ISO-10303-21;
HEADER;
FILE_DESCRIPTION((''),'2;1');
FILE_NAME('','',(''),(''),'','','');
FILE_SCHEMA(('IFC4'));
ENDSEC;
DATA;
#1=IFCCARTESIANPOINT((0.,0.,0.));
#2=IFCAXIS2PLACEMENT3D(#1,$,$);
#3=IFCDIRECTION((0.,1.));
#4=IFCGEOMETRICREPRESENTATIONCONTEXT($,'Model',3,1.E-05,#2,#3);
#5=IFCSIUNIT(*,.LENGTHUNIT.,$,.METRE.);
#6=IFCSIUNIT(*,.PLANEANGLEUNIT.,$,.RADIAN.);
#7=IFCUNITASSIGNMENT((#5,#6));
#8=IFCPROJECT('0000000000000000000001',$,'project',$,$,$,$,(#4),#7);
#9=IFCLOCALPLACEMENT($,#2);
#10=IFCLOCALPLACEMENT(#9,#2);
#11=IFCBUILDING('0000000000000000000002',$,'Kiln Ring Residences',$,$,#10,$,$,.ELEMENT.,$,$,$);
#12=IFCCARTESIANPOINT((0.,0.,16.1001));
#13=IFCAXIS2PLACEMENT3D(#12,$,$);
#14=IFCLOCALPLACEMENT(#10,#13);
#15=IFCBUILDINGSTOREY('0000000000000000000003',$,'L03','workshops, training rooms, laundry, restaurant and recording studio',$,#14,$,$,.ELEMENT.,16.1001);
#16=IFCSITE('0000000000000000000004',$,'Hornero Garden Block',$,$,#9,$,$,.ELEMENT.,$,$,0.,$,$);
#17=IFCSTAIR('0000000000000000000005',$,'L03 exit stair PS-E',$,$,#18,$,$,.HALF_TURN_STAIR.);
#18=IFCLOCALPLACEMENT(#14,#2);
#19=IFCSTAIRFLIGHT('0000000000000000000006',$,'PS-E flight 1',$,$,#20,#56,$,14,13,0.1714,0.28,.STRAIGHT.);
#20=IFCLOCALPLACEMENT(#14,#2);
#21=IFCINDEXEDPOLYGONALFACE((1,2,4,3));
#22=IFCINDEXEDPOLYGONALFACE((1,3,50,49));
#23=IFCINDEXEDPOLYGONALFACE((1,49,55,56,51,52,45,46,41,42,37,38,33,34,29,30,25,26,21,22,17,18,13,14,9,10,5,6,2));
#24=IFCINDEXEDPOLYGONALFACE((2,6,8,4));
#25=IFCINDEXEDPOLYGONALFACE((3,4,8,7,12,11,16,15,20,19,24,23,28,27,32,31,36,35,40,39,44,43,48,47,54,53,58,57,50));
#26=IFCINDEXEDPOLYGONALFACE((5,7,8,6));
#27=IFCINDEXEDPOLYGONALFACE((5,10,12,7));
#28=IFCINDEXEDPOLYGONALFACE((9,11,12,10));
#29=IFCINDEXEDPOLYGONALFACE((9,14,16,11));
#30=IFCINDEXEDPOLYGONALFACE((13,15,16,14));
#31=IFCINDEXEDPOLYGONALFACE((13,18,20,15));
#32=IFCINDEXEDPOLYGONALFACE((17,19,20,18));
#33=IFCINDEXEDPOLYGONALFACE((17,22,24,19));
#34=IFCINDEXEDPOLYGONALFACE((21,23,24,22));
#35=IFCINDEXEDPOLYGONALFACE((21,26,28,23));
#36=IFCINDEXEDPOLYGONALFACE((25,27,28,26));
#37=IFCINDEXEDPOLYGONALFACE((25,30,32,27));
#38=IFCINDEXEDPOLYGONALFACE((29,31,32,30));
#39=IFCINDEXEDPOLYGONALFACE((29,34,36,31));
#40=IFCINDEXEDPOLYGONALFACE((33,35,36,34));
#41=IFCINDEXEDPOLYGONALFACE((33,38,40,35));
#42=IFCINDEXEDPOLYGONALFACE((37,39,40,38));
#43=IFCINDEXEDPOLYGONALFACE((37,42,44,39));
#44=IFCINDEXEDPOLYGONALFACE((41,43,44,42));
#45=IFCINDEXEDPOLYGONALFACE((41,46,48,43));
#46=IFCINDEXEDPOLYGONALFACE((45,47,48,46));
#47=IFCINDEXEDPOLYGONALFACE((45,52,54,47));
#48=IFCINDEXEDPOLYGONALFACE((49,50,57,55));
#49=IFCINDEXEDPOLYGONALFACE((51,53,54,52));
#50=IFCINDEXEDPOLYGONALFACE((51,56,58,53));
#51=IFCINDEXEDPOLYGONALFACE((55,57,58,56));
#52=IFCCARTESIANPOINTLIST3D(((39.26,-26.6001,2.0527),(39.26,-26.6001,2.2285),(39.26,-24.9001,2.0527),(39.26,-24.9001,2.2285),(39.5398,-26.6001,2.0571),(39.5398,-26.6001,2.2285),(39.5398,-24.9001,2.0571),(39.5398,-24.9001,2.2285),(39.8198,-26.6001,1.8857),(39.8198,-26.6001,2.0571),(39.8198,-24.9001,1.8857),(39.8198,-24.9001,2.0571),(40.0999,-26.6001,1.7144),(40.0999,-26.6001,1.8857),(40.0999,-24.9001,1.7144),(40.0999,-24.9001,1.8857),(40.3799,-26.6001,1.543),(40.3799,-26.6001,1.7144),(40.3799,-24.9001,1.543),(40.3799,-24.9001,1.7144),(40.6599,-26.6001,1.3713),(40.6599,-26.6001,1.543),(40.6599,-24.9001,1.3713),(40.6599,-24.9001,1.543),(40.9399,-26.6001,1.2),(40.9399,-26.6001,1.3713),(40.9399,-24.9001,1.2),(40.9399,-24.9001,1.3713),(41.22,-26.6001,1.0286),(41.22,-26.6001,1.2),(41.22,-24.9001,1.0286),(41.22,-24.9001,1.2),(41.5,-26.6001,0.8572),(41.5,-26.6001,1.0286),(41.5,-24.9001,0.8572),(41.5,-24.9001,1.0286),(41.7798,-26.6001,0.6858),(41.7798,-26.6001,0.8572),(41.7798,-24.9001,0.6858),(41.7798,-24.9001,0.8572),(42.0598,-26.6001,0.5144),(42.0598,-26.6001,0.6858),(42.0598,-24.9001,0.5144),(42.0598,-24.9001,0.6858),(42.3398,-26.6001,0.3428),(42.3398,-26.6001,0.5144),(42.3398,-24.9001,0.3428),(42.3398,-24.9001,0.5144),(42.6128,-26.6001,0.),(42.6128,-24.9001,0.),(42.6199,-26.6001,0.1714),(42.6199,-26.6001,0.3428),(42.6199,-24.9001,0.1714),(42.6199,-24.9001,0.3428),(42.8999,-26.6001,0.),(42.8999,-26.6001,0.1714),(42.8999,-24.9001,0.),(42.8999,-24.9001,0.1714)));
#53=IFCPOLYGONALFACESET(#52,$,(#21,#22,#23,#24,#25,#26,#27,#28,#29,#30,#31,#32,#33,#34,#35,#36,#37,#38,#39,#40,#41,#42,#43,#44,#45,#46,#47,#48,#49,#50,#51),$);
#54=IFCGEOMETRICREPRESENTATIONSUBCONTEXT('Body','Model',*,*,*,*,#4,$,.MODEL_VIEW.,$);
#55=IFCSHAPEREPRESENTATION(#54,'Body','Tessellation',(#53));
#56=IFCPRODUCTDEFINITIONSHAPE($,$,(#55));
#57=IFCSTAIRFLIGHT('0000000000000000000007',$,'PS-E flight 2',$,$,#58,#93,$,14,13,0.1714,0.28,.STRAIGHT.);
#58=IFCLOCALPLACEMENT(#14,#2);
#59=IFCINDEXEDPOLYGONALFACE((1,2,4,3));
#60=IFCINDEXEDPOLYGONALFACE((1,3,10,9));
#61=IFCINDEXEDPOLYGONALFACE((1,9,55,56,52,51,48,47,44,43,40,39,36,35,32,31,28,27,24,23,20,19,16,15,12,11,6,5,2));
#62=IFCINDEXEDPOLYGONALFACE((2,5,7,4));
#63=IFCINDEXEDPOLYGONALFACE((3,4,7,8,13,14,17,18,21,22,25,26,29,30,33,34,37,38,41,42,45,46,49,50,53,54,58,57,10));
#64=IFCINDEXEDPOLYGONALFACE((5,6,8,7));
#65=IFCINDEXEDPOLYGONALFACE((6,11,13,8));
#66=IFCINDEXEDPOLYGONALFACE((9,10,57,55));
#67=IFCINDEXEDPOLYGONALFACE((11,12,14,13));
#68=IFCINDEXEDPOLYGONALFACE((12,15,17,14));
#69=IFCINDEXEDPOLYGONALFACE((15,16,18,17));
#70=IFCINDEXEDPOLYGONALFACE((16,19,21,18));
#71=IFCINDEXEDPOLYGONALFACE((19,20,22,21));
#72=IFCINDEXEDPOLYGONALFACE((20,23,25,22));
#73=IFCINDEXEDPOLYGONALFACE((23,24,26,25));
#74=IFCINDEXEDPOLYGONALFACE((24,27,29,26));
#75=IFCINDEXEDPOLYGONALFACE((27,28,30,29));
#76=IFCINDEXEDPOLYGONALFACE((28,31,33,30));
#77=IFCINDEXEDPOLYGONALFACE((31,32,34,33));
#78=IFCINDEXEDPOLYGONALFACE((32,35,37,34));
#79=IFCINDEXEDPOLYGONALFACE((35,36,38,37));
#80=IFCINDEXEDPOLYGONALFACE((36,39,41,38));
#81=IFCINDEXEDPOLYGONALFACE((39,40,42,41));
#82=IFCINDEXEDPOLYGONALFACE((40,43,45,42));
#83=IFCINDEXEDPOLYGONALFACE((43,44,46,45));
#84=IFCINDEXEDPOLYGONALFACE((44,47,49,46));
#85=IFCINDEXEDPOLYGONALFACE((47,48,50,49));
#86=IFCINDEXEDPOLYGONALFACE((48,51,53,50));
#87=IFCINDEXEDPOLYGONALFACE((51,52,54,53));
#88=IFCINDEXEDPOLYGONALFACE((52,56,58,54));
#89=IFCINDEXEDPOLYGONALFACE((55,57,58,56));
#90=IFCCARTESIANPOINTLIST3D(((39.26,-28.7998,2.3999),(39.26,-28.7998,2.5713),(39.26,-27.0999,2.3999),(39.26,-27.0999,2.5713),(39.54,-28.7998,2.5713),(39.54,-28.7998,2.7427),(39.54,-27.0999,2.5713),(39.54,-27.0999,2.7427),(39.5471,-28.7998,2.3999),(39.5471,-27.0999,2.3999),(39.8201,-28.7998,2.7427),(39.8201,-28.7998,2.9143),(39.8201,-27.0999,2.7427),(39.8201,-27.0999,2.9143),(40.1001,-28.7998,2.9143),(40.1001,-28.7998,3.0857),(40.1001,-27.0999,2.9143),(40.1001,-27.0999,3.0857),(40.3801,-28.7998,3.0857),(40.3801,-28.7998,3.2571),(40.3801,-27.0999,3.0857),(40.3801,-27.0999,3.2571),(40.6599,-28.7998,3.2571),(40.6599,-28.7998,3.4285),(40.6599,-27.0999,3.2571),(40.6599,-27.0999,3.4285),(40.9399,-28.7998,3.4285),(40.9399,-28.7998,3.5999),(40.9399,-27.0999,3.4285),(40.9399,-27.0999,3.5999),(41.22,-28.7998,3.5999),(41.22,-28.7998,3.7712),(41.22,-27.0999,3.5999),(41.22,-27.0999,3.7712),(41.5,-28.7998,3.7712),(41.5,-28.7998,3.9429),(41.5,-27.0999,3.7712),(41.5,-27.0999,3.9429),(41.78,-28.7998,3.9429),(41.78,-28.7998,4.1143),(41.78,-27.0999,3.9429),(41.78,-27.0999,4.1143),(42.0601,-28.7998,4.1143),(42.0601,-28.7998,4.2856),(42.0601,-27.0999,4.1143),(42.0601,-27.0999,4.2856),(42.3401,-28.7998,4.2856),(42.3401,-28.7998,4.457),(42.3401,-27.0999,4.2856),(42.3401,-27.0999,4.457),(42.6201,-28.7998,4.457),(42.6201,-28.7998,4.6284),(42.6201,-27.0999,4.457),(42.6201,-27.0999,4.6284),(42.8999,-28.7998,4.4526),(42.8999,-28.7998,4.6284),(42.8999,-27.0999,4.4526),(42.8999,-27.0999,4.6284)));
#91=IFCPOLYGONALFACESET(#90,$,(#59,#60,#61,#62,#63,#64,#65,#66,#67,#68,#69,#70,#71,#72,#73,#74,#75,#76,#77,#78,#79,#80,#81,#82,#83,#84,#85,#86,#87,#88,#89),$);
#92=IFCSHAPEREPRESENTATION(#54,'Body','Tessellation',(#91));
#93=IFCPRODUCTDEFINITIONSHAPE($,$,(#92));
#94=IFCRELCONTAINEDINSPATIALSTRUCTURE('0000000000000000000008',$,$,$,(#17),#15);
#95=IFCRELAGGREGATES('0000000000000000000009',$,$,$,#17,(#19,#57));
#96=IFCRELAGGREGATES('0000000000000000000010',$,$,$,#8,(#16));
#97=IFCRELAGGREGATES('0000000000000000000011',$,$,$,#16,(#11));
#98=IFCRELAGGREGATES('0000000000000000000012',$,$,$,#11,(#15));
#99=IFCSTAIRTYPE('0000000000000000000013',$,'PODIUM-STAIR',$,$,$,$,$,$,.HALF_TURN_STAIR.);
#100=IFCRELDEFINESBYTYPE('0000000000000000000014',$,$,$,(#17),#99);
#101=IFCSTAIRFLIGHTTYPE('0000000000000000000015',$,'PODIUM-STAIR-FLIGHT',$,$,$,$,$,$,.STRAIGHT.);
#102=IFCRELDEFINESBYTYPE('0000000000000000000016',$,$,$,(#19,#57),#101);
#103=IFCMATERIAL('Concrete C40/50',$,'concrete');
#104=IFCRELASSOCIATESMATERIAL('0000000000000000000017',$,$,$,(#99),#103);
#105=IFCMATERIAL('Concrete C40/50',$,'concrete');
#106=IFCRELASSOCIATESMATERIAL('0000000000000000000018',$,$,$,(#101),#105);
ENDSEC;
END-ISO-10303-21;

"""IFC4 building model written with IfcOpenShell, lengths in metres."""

from ifc_helpers import new_model, si_unit, direction, frame, origin, place, context, subcontext, project, spatial, polyline, outline, extrude, material, type_object, element, aggregate, save


model = new_model("IFC4")

# Units and contexts
model_context = context("Model", 3, precision=1e-05, world=origin(), true_north=direction((0.0, 1.0)))
body_context = subcontext(model_context, "Body", "Model", "MODEL_VIEW")
ifc_project = project(units=[si_unit("LENGTHUNIT", "METRE"), si_unit("PLANEANGLEUNIT", "RADIAN")], contexts=[model_context])

# Site, building, storey
site_placement = place(None, origin())
site = spatial("IfcSite", under=ifc_project, at=site_placement, Name="Hornero Garden Block", CompositionType="ELEMENT", RefElevation=0.0)
building_placement = place(site_placement, origin())
building = spatial("IfcBuilding", under=site, at=building_placement, Name="Kiln Ring Residences", CompositionType="ELEMENT")
storey_placement = place(building_placement, frame((0.0, 0.0, 16.1001)))
storey = spatial("IfcBuildingStorey", under=building, at=storey_placement, Name="L03", Description="workshops, training rooms, laundry, restaurant and recording studio", CompositionType="ELEMENT", Elevation=16.1001)

# Stair, stair flights
ifc_material_1 = material(Name="Concrete C40/50", Category="concrete")
stair_type = type_object("IfcStairType", Name="PODIUM-STAIR", PredefinedType="HALF_TURN_STAIR", material=ifc_material_1)
stair_placement = place(storey_placement, origin())
stair = element("IfcStair", 1, at=stair_placement, inside=storey, type_object=stair_type, Name="L03 exit stair PS-E", PredefinedType="HALF_TURN_STAIR")
ifc_material_2 = material(Name="Concrete C40/50", Category="concrete")
stair_flight_type = type_object("IfcStairFlightType", Name="PODIUM-STAIR-FLIGHT", PredefinedType="STRAIGHT", material=ifc_material_2)
stair_flight_1_placement = place(storey_placement, frame((42.8999, -25.75, 0.0), z_axis=(0.0, 0.0, 1.0), x_axis=(-1.0, 0.0, 0.0)))
stair_flight_1 = element("IfcStairFlight", 2, at=stair_flight_1_placement, type_object=stair_flight_type, Name="PS-E flight 1", NumberOfRisers=14, NumberOfTreads=13, PredefinedType="STRAIGHT", RiserHeight=0.1714, TreadLength=0.28, context=body_context, shape_type="SweptSolid", body=[
    extrude(outline(polyline([(0.0, 0.0), (0.0, 0.1714), (0.28, 0.1714), (0.28, 0.3428), (0.5601, 0.3428), (0.5601, 0.5144), (0.8401, 0.5144), (0.8401, 0.6858), (1.1201, 0.6858), (1.1201, 0.8572), (1.3999, 0.8572), (1.3999, 1.0286), (1.6799, 1.0286), (1.6799, 1.2), (1.96, 1.2), (1.96, 1.3713), (2.24, 1.3713), (2.24, 1.543), (2.52, 1.543), (2.52, 1.7144), (2.8, 1.7144), (2.8, 1.8857), (3.0801, 1.8857), (3.0801, 2.0571), (3.3601, 2.0571), (3.3601, 2.2285), (3.6399, 2.2285), (3.6399, 2.3999), (3.6399, 2.0527), (0.2871, 0.0), (0.0, 0.0)])), frame((0.0, 0.8501, 0.0), z_axis=(0.0, -1.0, 0.0), x_axis=(1.0, 0.0, 0.0)), (0.0, 0.0, 1.0), 1.7),
])
stair_flight_2_placement = place(storey_placement, frame((39.26, -27.95, 2.3999), z_axis=(0.0, 0.0, 1.0), x_axis=(1.0, 0.0, 0.0)))
stair_flight_2 = element("IfcStairFlight", 3, at=stair_flight_2_placement, type_object=stair_flight_type, Name="PS-E flight 2", NumberOfRisers=14, NumberOfTreads=13, PredefinedType="STRAIGHT", RiserHeight=0.1714, TreadLength=0.28, context=body_context, shape_type="SweptSolid", body=[
    extrude(outline(polyline([(0.0, 0.0), (0.0, 0.1714), (0.28, 0.1714), (0.28, 0.3428), (0.5601, 0.3428), (0.5601, 0.5144), (0.8401, 0.5144), (0.8401, 0.6858), (1.1201, 0.6858), (1.1201, 0.8572), (1.3999, 0.8572), (1.3999, 1.0286), (1.6799, 1.0286), (1.6799, 1.2), (1.96, 1.2), (1.96, 1.3713), (2.24, 1.3713), (2.24, 1.543), (2.52, 1.543), (2.52, 1.7144), (2.8, 1.7144), (2.8, 1.8857), (3.0801, 1.8857), (3.0801, 2.0571), (3.3601, 2.0571), (3.3601, 2.2285), (3.6399, 2.2285), (3.6399, 2.3999), (3.6399, 2.0527), (0.2871, 0.0), (0.0, 0.0)])), frame((0.0, 0.8501, 0.0), z_axis=(0.0, -1.0, 0.0), x_axis=(1.0, 0.0, 0.0)), (0.0, 0.0, 1.0), 1.7),
])
aggregate(stair, [stair_flight_1, stair_flight_2])

save(model, "model.ifc")
